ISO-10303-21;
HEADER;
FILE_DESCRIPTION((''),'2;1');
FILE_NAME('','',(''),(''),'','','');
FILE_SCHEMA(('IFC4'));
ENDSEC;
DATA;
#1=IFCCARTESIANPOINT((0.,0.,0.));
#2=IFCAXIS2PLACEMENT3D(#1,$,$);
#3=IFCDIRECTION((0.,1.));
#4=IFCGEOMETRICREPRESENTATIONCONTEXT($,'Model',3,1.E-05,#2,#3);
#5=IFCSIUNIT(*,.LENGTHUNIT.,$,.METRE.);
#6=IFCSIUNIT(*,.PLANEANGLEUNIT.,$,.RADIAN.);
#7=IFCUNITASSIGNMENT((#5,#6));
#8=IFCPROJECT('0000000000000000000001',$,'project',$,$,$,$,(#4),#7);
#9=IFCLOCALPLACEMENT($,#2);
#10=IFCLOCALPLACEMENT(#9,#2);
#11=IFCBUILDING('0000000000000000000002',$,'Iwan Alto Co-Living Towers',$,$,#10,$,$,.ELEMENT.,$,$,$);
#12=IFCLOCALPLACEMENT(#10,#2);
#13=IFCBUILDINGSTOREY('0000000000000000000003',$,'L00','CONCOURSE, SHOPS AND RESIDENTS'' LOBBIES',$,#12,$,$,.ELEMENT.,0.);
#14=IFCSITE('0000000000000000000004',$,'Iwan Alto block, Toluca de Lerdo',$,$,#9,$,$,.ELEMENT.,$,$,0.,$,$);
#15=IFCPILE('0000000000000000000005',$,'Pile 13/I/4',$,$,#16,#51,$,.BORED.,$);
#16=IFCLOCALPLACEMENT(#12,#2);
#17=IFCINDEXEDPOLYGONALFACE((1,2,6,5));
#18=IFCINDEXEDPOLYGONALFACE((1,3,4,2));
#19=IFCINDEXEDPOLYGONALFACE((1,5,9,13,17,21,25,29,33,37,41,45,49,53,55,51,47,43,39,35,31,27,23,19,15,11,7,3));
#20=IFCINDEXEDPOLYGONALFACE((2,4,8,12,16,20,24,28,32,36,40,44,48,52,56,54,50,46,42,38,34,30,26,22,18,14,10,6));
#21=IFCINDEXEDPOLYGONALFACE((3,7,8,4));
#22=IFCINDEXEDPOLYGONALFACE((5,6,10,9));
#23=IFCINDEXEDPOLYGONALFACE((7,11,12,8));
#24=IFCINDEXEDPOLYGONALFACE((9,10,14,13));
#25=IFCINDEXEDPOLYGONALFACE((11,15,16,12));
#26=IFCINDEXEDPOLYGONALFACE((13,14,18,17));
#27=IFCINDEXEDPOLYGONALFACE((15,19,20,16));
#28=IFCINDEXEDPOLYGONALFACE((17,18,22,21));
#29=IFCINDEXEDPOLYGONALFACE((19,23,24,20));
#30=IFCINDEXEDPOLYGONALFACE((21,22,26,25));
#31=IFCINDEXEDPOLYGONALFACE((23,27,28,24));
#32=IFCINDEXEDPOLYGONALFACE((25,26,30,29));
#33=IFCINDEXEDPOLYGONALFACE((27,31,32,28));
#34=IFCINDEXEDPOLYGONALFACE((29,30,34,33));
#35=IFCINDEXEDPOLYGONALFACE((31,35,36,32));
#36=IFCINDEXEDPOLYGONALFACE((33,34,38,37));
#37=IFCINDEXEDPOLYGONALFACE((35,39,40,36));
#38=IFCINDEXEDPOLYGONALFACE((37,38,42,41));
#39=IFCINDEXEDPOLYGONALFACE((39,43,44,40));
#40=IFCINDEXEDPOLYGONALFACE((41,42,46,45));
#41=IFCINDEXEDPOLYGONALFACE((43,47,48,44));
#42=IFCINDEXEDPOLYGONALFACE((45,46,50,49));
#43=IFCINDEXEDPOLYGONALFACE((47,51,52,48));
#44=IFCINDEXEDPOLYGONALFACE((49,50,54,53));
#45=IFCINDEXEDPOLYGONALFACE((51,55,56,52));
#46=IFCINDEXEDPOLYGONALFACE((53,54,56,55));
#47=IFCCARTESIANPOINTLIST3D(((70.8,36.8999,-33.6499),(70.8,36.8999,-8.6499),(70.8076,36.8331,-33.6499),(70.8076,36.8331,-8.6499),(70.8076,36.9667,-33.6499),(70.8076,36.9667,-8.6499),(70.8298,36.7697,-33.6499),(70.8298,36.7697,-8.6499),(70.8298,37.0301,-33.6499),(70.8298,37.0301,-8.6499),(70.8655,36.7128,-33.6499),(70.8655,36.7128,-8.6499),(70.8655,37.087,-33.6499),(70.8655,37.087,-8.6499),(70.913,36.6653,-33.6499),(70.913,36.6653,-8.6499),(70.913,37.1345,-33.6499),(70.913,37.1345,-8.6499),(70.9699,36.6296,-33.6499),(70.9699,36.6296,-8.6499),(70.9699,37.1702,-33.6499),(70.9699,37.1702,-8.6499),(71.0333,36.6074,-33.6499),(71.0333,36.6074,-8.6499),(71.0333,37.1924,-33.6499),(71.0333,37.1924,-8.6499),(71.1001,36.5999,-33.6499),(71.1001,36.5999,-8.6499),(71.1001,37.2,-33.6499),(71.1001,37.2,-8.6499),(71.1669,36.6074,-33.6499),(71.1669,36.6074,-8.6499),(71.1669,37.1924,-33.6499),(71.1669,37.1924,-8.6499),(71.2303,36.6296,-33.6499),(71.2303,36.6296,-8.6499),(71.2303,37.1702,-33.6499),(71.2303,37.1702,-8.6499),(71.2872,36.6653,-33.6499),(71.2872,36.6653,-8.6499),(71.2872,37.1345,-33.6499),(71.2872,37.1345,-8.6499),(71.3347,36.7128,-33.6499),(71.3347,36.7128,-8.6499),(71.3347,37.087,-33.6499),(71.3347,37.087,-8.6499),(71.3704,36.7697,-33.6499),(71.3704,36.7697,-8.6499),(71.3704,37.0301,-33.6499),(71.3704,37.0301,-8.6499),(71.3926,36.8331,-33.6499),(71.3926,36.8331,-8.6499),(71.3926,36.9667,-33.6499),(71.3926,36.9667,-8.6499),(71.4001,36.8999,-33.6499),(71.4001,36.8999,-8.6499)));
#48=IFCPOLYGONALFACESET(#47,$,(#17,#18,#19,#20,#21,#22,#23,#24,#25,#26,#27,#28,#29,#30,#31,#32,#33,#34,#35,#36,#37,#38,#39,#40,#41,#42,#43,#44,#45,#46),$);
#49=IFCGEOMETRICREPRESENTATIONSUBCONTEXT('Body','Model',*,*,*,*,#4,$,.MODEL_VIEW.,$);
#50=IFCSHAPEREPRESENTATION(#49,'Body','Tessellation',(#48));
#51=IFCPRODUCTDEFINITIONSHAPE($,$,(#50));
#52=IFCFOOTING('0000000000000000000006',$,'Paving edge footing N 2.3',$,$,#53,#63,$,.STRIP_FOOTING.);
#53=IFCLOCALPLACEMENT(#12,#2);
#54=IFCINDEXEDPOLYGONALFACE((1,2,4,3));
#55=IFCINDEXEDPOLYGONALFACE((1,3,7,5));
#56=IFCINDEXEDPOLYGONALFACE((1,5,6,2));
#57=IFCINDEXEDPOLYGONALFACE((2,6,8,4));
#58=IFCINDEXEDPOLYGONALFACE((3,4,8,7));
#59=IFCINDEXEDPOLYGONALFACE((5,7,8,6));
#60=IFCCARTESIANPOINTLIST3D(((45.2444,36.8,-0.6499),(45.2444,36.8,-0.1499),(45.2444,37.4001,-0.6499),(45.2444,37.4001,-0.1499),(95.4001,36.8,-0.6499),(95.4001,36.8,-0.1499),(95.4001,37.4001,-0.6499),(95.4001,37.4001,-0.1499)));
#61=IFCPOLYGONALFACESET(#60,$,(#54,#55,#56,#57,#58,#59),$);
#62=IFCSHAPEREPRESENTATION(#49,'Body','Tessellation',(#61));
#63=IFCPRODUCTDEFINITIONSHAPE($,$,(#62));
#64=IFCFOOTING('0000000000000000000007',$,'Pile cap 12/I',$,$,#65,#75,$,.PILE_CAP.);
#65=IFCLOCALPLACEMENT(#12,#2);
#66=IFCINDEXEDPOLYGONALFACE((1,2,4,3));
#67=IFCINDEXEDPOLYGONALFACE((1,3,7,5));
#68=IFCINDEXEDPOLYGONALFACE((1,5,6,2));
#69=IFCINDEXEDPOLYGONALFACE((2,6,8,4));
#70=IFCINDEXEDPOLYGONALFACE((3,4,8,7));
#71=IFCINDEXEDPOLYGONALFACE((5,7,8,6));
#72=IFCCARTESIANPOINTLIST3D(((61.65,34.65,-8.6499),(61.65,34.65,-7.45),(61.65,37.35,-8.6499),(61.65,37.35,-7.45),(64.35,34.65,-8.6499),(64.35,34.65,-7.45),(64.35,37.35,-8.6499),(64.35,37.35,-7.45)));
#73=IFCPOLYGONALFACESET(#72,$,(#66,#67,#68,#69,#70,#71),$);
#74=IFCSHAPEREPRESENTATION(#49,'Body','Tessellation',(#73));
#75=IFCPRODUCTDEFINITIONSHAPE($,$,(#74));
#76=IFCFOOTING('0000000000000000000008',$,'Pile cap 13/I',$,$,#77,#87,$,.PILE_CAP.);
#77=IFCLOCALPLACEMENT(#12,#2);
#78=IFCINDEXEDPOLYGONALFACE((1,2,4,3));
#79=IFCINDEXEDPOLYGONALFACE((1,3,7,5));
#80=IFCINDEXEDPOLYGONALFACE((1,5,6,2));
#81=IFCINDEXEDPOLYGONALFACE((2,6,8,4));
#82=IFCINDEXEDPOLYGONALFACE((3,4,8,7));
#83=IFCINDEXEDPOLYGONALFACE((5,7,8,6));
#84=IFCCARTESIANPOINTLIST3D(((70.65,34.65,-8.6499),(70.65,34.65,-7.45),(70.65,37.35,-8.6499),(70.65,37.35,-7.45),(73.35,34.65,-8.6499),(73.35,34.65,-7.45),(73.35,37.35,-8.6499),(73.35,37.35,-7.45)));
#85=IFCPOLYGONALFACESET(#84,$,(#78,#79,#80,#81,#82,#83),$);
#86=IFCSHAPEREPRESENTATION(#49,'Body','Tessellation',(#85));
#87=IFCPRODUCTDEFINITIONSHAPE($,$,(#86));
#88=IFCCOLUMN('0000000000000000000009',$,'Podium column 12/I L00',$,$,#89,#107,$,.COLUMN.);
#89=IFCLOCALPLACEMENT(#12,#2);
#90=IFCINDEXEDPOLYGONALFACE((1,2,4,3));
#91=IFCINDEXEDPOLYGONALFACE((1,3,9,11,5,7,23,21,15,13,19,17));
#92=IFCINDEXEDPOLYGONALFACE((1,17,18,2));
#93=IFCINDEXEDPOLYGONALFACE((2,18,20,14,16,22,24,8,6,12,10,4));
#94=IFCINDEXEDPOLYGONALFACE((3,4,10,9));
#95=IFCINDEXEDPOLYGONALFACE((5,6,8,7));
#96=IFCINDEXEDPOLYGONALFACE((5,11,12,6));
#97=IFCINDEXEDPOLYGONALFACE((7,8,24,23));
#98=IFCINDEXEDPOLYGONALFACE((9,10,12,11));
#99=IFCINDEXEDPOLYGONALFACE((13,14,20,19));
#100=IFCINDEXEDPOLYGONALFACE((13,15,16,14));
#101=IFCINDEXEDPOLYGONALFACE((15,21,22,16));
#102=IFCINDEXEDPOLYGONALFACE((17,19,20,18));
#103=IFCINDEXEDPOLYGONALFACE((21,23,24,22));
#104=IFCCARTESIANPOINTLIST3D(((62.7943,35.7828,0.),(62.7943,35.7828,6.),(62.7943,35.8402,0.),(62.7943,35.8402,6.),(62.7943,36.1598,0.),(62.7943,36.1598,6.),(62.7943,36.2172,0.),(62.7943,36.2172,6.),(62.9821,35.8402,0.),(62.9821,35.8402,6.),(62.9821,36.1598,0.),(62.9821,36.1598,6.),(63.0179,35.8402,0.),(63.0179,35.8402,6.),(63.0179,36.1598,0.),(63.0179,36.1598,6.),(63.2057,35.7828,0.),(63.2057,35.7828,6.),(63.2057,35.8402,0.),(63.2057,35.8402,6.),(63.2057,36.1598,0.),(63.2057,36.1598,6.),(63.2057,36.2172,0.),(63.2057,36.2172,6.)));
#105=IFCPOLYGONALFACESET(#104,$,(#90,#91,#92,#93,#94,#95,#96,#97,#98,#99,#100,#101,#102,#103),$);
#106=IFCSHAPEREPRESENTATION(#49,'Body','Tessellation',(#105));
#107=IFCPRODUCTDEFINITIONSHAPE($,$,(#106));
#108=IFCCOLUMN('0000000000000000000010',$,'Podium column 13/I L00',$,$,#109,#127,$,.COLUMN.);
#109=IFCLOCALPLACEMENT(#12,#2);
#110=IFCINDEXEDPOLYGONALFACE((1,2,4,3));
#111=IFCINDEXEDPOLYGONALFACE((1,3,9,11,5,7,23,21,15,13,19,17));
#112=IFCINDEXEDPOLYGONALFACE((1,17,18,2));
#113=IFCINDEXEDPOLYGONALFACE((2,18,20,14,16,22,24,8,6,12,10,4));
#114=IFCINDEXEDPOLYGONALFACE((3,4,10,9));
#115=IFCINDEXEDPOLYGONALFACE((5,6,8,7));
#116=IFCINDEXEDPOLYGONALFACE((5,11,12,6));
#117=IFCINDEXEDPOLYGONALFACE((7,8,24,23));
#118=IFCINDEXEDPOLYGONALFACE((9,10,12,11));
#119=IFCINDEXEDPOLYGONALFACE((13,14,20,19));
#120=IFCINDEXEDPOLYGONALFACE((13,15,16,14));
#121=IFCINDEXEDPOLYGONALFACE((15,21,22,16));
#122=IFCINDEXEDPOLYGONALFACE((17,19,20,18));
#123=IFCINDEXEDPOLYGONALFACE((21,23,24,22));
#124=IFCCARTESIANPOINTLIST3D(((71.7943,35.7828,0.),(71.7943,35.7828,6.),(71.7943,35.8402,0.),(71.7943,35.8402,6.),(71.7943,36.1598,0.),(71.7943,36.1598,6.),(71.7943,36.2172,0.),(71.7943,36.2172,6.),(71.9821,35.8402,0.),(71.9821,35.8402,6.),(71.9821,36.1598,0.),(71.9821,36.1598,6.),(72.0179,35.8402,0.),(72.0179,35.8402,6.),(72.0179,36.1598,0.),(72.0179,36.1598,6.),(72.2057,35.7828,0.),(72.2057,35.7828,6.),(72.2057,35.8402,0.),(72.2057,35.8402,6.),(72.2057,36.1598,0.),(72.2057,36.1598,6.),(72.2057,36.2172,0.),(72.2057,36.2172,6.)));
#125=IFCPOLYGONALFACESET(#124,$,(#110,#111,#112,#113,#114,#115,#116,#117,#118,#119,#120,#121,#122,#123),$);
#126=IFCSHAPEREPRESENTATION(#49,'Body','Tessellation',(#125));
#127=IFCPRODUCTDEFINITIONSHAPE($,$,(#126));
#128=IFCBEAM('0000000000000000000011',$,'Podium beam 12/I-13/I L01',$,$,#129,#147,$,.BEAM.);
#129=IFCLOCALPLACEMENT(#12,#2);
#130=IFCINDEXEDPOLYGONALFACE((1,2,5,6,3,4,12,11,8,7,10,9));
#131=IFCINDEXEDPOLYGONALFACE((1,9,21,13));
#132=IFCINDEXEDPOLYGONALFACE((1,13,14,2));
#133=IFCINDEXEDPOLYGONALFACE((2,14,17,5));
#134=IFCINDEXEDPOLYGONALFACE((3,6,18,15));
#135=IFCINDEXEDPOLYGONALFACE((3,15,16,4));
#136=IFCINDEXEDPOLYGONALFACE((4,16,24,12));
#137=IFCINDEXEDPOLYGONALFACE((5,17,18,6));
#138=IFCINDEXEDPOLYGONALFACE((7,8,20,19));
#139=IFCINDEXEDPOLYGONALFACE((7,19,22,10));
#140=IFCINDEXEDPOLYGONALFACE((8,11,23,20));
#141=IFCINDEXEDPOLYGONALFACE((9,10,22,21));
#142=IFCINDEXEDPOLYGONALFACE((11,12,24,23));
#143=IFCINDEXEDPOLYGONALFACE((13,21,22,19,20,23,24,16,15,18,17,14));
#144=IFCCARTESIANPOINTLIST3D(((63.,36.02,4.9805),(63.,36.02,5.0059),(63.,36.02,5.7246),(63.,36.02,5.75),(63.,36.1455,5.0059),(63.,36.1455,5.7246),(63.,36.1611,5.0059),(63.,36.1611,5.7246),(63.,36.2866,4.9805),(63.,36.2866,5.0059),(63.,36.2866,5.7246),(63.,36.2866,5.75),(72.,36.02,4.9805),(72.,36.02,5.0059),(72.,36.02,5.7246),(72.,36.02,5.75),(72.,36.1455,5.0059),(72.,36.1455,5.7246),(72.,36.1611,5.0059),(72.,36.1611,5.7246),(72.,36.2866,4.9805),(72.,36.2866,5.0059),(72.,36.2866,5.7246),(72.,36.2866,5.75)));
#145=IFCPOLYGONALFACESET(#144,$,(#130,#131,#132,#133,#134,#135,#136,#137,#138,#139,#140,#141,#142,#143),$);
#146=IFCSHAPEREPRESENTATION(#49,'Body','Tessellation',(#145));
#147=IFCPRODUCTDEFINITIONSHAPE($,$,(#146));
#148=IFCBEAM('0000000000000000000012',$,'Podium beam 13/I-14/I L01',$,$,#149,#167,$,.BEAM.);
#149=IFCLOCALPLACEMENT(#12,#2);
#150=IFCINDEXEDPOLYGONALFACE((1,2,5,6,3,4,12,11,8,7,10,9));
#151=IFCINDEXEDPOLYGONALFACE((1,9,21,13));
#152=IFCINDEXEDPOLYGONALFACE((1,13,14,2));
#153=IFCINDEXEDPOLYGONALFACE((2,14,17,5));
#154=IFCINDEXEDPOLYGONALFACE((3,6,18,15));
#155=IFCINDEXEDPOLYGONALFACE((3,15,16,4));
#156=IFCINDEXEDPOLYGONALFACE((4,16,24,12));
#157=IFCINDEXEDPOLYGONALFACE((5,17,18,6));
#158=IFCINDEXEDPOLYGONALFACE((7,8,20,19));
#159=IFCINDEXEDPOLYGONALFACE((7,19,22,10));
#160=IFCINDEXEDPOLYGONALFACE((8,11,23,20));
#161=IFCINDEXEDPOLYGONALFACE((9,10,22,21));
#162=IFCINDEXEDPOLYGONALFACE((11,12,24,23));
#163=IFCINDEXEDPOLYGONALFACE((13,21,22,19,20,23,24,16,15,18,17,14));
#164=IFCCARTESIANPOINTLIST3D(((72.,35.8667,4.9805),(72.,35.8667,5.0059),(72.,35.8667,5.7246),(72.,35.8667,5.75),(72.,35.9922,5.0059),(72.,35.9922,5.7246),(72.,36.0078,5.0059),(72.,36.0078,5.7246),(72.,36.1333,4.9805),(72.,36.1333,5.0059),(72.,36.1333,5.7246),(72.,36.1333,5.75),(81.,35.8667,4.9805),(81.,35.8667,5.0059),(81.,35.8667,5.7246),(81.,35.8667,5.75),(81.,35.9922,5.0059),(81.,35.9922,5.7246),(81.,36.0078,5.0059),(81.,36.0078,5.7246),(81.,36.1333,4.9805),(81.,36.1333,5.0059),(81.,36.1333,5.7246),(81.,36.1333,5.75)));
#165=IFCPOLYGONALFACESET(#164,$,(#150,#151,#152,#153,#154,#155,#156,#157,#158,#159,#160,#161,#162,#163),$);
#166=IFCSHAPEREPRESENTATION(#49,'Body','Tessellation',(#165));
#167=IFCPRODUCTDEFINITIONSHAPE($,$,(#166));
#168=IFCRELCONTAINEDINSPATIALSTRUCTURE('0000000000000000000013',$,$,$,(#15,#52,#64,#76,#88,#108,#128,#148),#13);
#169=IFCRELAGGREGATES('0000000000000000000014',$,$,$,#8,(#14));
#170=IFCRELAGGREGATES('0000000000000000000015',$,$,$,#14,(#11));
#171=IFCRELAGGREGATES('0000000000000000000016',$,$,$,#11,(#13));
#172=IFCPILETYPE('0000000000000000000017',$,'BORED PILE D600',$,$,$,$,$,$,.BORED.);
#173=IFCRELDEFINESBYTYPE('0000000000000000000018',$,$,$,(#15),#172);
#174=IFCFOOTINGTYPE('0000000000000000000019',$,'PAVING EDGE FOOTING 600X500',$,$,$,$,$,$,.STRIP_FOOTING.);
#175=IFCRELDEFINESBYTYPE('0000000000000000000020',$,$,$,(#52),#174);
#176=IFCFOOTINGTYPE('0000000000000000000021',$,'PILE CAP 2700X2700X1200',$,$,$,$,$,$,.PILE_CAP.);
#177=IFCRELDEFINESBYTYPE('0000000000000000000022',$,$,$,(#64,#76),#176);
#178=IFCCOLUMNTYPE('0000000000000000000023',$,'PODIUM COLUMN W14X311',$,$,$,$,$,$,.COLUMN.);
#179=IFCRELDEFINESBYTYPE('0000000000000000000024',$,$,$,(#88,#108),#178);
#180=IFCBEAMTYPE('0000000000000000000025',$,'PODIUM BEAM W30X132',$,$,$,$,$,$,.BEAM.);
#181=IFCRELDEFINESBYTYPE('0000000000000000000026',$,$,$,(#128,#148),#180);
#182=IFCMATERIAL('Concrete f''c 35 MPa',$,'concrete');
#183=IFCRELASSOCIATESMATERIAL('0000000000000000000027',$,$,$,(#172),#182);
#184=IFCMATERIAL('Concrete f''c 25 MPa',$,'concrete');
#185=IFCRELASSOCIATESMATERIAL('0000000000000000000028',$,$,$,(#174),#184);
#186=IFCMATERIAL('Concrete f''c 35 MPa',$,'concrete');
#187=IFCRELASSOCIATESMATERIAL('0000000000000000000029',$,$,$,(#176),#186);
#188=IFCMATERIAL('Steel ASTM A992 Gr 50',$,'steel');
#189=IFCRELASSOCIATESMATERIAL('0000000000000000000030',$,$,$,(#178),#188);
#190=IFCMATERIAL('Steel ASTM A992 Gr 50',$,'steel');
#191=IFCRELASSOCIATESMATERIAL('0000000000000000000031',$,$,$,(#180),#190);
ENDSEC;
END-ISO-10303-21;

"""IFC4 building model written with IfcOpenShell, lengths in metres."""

from ifc_helpers import new_model, si_unit, direction, frame, origin, origin_2d, place, context, subcontext, project, spatial, rectangle, circle, i_section, extrude, material, material_profile, profile_set, type_object, element, save


model = new_model("IFC4")

# Units and contexts
model_context = context("Model", 3, precision=1e-05, world=origin(), true_north=direction((0.0, 1.0)))
body_context = subcontext(model_context, "Body", "Model", "MODEL_VIEW")
ifc_project = project(units=[si_unit("LENGTHUNIT", "METRE"), si_unit("PLANEANGLEUNIT", "RADIAN")], contexts=[model_context])

# Site, building, storey
site_placement = place(None, origin())
site = spatial("IfcSite", under=ifc_project, at=site_placement, Name="Iwan Alto block, Toluca de Lerdo", CompositionType="ELEMENT", RefElevation=0.0)
building_placement = place(site_placement, origin())
building = spatial("IfcBuilding", under=site, at=building_placement, Name="Iwan Alto Co-Living Towers", CompositionType="ELEMENT")
storey_placement = place(building_placement, origin())
storey = spatial("IfcBuildingStorey", under=building, at=storey_placement, Name="L00", Description="CONCOURSE, SHOPS AND RESIDENTS' LOBBIES", CompositionType="ELEMENT", Elevation=0.0)

# Pile
ifc_material_1 = material(Name="Concrete f'c 35 MPa", Category="concrete")
ifc_material_profile_1 = material_profile(ifc_material_1, circle(Radius=0.3, at=origin_2d()), Name="D600")
ifc_profile_set_1 = profile_set([ifc_material_profile_1], Name="Concrete f'c 35 MPa")
pile_type = type_object("IfcPileType", Name="BORED PILE D600", PredefinedType="BORED", material=ifc_profile_set_1)
for number, where, z_axis, x_axis, name in (
    (1, (71.1001, 36.8999, -8.6499), (0.0, 0.0, -1.0), (1.0, 0.0, 0.0), "Pile 13/I/4"),
):
    element("IfcPile", number, at=place(storey_placement, frame(where, z_axis=z_axis, x_axis=x_axis)), inside=storey, type_object=pile_type, Name=name, PredefinedType="BORED", context=body_context, shape_type="SweptSolid", body=[
        extrude(circle(Radius=0.3, at=origin_2d()), origin(), (0.0, 0.0, 1.0), 25.0),
    ])

# Footings
ifc_material_2 = material(Name="Concrete f'c 25 MPa", Category="concrete")
footing_type_1 = type_object("IfcFootingType", Name="PAVING EDGE FOOTING 600X500", PredefinedType="STRIP_FOOTING", material=ifc_material_2)
footing_placement = place(storey_placement, frame((70.3223, 37.1001, -0.6499), z_axis=(0.0, 0.0, 1.0), x_axis=(1.0, 0.0, 0.0)))
element("IfcFooting", 2, at=footing_placement, inside=storey, type_object=footing_type_1, Name="Paving edge footing N 2.3", PredefinedType="STRIP_FOOTING", context=body_context, shape_type="SweptSolid", body=[
    extrude(rectangle(XDim=50.1558, YDim=0.6001, at=origin_2d()), origin(), (0.0, 0.0, 1.0), 0.5),
])
ifc_material_3 = material(Name="Concrete f'c 35 MPa", Category="concrete")
footing_type_2 = type_object("IfcFootingType", Name="PILE CAP 2700X2700X1200", PredefinedType="PILE_CAP", material=ifc_material_3)
for number, where, z_axis, x_axis, name in (
    (3, (63.0, 36.0, -8.6499), (0.0, 0.0, 1.0), (1.0, 0.0, 0.0), "Pile cap 12/I"),
    (4, (72.0, 36.0, -8.6499), (0.0, 0.0, 1.0), (1.0, 0.0, 0.0), "Pile cap 13/I"),
):
    element("IfcFooting", number, at=place(storey_placement, frame(where, z_axis=z_axis, x_axis=x_axis)), inside=storey, type_object=footing_type_2, Name=name, PredefinedType="PILE_CAP", context=body_context, shape_type="SweptSolid", body=[
        extrude(rectangle(XDim=2.7, YDim=2.7, at=origin_2d()), origin(), (0.0, 0.0, 1.0), 1.2),
    ])

# Columns
ifc_material_4 = material(Name="Steel ASTM A992 Gr 50", Category="steel")
ifc_material_profile_2 = material_profile(ifc_material_4, i_section(OverallWidth=0.4114, OverallDepth=0.4343, WebThickness=0.0359, FlangeThickness=0.0574, at=origin_2d()), Name="W14X311")
ifc_profile_set_2 = profile_set([ifc_material_profile_2], Name="Steel ASTM A992 Gr 50")
column_type = type_object("IfcColumnType", Name="PODIUM COLUMN W14X311", PredefinedType="COLUMN", material=ifc_profile_set_2)
for number, where, z_axis, x_axis, name in (
    (5, (63.0, 36.0, 0.0), (0.0, 0.0, 1.0), (1.0, 0.0, 0.0), "Podium column 12/I L00"),
    (6, (72.0, 36.0, 0.0), (0.0, 0.0, 1.0), (1.0, 0.0, 0.0), "Podium column 13/I L00"),
):
    element("IfcColumn", number, at=place(storey_placement, frame(where, z_axis=z_axis, x_axis=x_axis)), inside=storey, type_object=column_type, Name=name, PredefinedType="COLUMN", context=body_context, shape_type="SweptSolid", body=[
        extrude(i_section(OverallWidth=0.4114, OverallDepth=0.4343, WebThickness=0.0359, FlangeThickness=0.0574, at=origin_2d()), origin(), (0.0, 0.0, 1.0), 6.0),
    ])

# Beams
ifc_material_5 = material(Name="Steel ASTM A992 Gr 50", Category="steel")
ifc_material_profile_3 = material_profile(ifc_material_5, i_section(OverallWidth=0.2666, OverallDepth=0.7695, WebThickness=0.0156, FlangeThickness=0.0254, at=origin_2d()), Name="W30X132")
ifc_profile_set_3 = profile_set([ifc_material_profile_3], Name="Steel ASTM A992 Gr 50")
beam_type = type_object("IfcBeamType", Name="PODIUM BEAM W30X132", PredefinedType="BEAM", material=ifc_profile_set_3)
for number, where, z_axis, x_axis, name in (
    (7, (63.0, 36.1533, 5.3652), (1.0, 0.0, 0.0), (0.0, 1.0, 0.0), "Podium beam 12/I-13/I L01"),
    (8, (72.0, 36.0, 5.3652), (1.0, 0.0, 0.0), (0.0, 1.0, 0.0), "Podium beam 13/I-14/I L01"),
):
    element("IfcBeam", number, at=place(storey_placement, frame(where, z_axis=z_axis, x_axis=x_axis)), inside=storey, type_object=beam_type, Name=name, PredefinedType="BEAM", context=body_context, shape_type="SweptSolid", body=[
        extrude(i_section(OverallWidth=0.2666, OverallDepth=0.7695, WebThickness=0.0156, FlangeThickness=0.0254, at=origin_2d()), origin(), (0.0, 0.0, 1.0), 9.0),
    ])

save(model, "model.ifc")
